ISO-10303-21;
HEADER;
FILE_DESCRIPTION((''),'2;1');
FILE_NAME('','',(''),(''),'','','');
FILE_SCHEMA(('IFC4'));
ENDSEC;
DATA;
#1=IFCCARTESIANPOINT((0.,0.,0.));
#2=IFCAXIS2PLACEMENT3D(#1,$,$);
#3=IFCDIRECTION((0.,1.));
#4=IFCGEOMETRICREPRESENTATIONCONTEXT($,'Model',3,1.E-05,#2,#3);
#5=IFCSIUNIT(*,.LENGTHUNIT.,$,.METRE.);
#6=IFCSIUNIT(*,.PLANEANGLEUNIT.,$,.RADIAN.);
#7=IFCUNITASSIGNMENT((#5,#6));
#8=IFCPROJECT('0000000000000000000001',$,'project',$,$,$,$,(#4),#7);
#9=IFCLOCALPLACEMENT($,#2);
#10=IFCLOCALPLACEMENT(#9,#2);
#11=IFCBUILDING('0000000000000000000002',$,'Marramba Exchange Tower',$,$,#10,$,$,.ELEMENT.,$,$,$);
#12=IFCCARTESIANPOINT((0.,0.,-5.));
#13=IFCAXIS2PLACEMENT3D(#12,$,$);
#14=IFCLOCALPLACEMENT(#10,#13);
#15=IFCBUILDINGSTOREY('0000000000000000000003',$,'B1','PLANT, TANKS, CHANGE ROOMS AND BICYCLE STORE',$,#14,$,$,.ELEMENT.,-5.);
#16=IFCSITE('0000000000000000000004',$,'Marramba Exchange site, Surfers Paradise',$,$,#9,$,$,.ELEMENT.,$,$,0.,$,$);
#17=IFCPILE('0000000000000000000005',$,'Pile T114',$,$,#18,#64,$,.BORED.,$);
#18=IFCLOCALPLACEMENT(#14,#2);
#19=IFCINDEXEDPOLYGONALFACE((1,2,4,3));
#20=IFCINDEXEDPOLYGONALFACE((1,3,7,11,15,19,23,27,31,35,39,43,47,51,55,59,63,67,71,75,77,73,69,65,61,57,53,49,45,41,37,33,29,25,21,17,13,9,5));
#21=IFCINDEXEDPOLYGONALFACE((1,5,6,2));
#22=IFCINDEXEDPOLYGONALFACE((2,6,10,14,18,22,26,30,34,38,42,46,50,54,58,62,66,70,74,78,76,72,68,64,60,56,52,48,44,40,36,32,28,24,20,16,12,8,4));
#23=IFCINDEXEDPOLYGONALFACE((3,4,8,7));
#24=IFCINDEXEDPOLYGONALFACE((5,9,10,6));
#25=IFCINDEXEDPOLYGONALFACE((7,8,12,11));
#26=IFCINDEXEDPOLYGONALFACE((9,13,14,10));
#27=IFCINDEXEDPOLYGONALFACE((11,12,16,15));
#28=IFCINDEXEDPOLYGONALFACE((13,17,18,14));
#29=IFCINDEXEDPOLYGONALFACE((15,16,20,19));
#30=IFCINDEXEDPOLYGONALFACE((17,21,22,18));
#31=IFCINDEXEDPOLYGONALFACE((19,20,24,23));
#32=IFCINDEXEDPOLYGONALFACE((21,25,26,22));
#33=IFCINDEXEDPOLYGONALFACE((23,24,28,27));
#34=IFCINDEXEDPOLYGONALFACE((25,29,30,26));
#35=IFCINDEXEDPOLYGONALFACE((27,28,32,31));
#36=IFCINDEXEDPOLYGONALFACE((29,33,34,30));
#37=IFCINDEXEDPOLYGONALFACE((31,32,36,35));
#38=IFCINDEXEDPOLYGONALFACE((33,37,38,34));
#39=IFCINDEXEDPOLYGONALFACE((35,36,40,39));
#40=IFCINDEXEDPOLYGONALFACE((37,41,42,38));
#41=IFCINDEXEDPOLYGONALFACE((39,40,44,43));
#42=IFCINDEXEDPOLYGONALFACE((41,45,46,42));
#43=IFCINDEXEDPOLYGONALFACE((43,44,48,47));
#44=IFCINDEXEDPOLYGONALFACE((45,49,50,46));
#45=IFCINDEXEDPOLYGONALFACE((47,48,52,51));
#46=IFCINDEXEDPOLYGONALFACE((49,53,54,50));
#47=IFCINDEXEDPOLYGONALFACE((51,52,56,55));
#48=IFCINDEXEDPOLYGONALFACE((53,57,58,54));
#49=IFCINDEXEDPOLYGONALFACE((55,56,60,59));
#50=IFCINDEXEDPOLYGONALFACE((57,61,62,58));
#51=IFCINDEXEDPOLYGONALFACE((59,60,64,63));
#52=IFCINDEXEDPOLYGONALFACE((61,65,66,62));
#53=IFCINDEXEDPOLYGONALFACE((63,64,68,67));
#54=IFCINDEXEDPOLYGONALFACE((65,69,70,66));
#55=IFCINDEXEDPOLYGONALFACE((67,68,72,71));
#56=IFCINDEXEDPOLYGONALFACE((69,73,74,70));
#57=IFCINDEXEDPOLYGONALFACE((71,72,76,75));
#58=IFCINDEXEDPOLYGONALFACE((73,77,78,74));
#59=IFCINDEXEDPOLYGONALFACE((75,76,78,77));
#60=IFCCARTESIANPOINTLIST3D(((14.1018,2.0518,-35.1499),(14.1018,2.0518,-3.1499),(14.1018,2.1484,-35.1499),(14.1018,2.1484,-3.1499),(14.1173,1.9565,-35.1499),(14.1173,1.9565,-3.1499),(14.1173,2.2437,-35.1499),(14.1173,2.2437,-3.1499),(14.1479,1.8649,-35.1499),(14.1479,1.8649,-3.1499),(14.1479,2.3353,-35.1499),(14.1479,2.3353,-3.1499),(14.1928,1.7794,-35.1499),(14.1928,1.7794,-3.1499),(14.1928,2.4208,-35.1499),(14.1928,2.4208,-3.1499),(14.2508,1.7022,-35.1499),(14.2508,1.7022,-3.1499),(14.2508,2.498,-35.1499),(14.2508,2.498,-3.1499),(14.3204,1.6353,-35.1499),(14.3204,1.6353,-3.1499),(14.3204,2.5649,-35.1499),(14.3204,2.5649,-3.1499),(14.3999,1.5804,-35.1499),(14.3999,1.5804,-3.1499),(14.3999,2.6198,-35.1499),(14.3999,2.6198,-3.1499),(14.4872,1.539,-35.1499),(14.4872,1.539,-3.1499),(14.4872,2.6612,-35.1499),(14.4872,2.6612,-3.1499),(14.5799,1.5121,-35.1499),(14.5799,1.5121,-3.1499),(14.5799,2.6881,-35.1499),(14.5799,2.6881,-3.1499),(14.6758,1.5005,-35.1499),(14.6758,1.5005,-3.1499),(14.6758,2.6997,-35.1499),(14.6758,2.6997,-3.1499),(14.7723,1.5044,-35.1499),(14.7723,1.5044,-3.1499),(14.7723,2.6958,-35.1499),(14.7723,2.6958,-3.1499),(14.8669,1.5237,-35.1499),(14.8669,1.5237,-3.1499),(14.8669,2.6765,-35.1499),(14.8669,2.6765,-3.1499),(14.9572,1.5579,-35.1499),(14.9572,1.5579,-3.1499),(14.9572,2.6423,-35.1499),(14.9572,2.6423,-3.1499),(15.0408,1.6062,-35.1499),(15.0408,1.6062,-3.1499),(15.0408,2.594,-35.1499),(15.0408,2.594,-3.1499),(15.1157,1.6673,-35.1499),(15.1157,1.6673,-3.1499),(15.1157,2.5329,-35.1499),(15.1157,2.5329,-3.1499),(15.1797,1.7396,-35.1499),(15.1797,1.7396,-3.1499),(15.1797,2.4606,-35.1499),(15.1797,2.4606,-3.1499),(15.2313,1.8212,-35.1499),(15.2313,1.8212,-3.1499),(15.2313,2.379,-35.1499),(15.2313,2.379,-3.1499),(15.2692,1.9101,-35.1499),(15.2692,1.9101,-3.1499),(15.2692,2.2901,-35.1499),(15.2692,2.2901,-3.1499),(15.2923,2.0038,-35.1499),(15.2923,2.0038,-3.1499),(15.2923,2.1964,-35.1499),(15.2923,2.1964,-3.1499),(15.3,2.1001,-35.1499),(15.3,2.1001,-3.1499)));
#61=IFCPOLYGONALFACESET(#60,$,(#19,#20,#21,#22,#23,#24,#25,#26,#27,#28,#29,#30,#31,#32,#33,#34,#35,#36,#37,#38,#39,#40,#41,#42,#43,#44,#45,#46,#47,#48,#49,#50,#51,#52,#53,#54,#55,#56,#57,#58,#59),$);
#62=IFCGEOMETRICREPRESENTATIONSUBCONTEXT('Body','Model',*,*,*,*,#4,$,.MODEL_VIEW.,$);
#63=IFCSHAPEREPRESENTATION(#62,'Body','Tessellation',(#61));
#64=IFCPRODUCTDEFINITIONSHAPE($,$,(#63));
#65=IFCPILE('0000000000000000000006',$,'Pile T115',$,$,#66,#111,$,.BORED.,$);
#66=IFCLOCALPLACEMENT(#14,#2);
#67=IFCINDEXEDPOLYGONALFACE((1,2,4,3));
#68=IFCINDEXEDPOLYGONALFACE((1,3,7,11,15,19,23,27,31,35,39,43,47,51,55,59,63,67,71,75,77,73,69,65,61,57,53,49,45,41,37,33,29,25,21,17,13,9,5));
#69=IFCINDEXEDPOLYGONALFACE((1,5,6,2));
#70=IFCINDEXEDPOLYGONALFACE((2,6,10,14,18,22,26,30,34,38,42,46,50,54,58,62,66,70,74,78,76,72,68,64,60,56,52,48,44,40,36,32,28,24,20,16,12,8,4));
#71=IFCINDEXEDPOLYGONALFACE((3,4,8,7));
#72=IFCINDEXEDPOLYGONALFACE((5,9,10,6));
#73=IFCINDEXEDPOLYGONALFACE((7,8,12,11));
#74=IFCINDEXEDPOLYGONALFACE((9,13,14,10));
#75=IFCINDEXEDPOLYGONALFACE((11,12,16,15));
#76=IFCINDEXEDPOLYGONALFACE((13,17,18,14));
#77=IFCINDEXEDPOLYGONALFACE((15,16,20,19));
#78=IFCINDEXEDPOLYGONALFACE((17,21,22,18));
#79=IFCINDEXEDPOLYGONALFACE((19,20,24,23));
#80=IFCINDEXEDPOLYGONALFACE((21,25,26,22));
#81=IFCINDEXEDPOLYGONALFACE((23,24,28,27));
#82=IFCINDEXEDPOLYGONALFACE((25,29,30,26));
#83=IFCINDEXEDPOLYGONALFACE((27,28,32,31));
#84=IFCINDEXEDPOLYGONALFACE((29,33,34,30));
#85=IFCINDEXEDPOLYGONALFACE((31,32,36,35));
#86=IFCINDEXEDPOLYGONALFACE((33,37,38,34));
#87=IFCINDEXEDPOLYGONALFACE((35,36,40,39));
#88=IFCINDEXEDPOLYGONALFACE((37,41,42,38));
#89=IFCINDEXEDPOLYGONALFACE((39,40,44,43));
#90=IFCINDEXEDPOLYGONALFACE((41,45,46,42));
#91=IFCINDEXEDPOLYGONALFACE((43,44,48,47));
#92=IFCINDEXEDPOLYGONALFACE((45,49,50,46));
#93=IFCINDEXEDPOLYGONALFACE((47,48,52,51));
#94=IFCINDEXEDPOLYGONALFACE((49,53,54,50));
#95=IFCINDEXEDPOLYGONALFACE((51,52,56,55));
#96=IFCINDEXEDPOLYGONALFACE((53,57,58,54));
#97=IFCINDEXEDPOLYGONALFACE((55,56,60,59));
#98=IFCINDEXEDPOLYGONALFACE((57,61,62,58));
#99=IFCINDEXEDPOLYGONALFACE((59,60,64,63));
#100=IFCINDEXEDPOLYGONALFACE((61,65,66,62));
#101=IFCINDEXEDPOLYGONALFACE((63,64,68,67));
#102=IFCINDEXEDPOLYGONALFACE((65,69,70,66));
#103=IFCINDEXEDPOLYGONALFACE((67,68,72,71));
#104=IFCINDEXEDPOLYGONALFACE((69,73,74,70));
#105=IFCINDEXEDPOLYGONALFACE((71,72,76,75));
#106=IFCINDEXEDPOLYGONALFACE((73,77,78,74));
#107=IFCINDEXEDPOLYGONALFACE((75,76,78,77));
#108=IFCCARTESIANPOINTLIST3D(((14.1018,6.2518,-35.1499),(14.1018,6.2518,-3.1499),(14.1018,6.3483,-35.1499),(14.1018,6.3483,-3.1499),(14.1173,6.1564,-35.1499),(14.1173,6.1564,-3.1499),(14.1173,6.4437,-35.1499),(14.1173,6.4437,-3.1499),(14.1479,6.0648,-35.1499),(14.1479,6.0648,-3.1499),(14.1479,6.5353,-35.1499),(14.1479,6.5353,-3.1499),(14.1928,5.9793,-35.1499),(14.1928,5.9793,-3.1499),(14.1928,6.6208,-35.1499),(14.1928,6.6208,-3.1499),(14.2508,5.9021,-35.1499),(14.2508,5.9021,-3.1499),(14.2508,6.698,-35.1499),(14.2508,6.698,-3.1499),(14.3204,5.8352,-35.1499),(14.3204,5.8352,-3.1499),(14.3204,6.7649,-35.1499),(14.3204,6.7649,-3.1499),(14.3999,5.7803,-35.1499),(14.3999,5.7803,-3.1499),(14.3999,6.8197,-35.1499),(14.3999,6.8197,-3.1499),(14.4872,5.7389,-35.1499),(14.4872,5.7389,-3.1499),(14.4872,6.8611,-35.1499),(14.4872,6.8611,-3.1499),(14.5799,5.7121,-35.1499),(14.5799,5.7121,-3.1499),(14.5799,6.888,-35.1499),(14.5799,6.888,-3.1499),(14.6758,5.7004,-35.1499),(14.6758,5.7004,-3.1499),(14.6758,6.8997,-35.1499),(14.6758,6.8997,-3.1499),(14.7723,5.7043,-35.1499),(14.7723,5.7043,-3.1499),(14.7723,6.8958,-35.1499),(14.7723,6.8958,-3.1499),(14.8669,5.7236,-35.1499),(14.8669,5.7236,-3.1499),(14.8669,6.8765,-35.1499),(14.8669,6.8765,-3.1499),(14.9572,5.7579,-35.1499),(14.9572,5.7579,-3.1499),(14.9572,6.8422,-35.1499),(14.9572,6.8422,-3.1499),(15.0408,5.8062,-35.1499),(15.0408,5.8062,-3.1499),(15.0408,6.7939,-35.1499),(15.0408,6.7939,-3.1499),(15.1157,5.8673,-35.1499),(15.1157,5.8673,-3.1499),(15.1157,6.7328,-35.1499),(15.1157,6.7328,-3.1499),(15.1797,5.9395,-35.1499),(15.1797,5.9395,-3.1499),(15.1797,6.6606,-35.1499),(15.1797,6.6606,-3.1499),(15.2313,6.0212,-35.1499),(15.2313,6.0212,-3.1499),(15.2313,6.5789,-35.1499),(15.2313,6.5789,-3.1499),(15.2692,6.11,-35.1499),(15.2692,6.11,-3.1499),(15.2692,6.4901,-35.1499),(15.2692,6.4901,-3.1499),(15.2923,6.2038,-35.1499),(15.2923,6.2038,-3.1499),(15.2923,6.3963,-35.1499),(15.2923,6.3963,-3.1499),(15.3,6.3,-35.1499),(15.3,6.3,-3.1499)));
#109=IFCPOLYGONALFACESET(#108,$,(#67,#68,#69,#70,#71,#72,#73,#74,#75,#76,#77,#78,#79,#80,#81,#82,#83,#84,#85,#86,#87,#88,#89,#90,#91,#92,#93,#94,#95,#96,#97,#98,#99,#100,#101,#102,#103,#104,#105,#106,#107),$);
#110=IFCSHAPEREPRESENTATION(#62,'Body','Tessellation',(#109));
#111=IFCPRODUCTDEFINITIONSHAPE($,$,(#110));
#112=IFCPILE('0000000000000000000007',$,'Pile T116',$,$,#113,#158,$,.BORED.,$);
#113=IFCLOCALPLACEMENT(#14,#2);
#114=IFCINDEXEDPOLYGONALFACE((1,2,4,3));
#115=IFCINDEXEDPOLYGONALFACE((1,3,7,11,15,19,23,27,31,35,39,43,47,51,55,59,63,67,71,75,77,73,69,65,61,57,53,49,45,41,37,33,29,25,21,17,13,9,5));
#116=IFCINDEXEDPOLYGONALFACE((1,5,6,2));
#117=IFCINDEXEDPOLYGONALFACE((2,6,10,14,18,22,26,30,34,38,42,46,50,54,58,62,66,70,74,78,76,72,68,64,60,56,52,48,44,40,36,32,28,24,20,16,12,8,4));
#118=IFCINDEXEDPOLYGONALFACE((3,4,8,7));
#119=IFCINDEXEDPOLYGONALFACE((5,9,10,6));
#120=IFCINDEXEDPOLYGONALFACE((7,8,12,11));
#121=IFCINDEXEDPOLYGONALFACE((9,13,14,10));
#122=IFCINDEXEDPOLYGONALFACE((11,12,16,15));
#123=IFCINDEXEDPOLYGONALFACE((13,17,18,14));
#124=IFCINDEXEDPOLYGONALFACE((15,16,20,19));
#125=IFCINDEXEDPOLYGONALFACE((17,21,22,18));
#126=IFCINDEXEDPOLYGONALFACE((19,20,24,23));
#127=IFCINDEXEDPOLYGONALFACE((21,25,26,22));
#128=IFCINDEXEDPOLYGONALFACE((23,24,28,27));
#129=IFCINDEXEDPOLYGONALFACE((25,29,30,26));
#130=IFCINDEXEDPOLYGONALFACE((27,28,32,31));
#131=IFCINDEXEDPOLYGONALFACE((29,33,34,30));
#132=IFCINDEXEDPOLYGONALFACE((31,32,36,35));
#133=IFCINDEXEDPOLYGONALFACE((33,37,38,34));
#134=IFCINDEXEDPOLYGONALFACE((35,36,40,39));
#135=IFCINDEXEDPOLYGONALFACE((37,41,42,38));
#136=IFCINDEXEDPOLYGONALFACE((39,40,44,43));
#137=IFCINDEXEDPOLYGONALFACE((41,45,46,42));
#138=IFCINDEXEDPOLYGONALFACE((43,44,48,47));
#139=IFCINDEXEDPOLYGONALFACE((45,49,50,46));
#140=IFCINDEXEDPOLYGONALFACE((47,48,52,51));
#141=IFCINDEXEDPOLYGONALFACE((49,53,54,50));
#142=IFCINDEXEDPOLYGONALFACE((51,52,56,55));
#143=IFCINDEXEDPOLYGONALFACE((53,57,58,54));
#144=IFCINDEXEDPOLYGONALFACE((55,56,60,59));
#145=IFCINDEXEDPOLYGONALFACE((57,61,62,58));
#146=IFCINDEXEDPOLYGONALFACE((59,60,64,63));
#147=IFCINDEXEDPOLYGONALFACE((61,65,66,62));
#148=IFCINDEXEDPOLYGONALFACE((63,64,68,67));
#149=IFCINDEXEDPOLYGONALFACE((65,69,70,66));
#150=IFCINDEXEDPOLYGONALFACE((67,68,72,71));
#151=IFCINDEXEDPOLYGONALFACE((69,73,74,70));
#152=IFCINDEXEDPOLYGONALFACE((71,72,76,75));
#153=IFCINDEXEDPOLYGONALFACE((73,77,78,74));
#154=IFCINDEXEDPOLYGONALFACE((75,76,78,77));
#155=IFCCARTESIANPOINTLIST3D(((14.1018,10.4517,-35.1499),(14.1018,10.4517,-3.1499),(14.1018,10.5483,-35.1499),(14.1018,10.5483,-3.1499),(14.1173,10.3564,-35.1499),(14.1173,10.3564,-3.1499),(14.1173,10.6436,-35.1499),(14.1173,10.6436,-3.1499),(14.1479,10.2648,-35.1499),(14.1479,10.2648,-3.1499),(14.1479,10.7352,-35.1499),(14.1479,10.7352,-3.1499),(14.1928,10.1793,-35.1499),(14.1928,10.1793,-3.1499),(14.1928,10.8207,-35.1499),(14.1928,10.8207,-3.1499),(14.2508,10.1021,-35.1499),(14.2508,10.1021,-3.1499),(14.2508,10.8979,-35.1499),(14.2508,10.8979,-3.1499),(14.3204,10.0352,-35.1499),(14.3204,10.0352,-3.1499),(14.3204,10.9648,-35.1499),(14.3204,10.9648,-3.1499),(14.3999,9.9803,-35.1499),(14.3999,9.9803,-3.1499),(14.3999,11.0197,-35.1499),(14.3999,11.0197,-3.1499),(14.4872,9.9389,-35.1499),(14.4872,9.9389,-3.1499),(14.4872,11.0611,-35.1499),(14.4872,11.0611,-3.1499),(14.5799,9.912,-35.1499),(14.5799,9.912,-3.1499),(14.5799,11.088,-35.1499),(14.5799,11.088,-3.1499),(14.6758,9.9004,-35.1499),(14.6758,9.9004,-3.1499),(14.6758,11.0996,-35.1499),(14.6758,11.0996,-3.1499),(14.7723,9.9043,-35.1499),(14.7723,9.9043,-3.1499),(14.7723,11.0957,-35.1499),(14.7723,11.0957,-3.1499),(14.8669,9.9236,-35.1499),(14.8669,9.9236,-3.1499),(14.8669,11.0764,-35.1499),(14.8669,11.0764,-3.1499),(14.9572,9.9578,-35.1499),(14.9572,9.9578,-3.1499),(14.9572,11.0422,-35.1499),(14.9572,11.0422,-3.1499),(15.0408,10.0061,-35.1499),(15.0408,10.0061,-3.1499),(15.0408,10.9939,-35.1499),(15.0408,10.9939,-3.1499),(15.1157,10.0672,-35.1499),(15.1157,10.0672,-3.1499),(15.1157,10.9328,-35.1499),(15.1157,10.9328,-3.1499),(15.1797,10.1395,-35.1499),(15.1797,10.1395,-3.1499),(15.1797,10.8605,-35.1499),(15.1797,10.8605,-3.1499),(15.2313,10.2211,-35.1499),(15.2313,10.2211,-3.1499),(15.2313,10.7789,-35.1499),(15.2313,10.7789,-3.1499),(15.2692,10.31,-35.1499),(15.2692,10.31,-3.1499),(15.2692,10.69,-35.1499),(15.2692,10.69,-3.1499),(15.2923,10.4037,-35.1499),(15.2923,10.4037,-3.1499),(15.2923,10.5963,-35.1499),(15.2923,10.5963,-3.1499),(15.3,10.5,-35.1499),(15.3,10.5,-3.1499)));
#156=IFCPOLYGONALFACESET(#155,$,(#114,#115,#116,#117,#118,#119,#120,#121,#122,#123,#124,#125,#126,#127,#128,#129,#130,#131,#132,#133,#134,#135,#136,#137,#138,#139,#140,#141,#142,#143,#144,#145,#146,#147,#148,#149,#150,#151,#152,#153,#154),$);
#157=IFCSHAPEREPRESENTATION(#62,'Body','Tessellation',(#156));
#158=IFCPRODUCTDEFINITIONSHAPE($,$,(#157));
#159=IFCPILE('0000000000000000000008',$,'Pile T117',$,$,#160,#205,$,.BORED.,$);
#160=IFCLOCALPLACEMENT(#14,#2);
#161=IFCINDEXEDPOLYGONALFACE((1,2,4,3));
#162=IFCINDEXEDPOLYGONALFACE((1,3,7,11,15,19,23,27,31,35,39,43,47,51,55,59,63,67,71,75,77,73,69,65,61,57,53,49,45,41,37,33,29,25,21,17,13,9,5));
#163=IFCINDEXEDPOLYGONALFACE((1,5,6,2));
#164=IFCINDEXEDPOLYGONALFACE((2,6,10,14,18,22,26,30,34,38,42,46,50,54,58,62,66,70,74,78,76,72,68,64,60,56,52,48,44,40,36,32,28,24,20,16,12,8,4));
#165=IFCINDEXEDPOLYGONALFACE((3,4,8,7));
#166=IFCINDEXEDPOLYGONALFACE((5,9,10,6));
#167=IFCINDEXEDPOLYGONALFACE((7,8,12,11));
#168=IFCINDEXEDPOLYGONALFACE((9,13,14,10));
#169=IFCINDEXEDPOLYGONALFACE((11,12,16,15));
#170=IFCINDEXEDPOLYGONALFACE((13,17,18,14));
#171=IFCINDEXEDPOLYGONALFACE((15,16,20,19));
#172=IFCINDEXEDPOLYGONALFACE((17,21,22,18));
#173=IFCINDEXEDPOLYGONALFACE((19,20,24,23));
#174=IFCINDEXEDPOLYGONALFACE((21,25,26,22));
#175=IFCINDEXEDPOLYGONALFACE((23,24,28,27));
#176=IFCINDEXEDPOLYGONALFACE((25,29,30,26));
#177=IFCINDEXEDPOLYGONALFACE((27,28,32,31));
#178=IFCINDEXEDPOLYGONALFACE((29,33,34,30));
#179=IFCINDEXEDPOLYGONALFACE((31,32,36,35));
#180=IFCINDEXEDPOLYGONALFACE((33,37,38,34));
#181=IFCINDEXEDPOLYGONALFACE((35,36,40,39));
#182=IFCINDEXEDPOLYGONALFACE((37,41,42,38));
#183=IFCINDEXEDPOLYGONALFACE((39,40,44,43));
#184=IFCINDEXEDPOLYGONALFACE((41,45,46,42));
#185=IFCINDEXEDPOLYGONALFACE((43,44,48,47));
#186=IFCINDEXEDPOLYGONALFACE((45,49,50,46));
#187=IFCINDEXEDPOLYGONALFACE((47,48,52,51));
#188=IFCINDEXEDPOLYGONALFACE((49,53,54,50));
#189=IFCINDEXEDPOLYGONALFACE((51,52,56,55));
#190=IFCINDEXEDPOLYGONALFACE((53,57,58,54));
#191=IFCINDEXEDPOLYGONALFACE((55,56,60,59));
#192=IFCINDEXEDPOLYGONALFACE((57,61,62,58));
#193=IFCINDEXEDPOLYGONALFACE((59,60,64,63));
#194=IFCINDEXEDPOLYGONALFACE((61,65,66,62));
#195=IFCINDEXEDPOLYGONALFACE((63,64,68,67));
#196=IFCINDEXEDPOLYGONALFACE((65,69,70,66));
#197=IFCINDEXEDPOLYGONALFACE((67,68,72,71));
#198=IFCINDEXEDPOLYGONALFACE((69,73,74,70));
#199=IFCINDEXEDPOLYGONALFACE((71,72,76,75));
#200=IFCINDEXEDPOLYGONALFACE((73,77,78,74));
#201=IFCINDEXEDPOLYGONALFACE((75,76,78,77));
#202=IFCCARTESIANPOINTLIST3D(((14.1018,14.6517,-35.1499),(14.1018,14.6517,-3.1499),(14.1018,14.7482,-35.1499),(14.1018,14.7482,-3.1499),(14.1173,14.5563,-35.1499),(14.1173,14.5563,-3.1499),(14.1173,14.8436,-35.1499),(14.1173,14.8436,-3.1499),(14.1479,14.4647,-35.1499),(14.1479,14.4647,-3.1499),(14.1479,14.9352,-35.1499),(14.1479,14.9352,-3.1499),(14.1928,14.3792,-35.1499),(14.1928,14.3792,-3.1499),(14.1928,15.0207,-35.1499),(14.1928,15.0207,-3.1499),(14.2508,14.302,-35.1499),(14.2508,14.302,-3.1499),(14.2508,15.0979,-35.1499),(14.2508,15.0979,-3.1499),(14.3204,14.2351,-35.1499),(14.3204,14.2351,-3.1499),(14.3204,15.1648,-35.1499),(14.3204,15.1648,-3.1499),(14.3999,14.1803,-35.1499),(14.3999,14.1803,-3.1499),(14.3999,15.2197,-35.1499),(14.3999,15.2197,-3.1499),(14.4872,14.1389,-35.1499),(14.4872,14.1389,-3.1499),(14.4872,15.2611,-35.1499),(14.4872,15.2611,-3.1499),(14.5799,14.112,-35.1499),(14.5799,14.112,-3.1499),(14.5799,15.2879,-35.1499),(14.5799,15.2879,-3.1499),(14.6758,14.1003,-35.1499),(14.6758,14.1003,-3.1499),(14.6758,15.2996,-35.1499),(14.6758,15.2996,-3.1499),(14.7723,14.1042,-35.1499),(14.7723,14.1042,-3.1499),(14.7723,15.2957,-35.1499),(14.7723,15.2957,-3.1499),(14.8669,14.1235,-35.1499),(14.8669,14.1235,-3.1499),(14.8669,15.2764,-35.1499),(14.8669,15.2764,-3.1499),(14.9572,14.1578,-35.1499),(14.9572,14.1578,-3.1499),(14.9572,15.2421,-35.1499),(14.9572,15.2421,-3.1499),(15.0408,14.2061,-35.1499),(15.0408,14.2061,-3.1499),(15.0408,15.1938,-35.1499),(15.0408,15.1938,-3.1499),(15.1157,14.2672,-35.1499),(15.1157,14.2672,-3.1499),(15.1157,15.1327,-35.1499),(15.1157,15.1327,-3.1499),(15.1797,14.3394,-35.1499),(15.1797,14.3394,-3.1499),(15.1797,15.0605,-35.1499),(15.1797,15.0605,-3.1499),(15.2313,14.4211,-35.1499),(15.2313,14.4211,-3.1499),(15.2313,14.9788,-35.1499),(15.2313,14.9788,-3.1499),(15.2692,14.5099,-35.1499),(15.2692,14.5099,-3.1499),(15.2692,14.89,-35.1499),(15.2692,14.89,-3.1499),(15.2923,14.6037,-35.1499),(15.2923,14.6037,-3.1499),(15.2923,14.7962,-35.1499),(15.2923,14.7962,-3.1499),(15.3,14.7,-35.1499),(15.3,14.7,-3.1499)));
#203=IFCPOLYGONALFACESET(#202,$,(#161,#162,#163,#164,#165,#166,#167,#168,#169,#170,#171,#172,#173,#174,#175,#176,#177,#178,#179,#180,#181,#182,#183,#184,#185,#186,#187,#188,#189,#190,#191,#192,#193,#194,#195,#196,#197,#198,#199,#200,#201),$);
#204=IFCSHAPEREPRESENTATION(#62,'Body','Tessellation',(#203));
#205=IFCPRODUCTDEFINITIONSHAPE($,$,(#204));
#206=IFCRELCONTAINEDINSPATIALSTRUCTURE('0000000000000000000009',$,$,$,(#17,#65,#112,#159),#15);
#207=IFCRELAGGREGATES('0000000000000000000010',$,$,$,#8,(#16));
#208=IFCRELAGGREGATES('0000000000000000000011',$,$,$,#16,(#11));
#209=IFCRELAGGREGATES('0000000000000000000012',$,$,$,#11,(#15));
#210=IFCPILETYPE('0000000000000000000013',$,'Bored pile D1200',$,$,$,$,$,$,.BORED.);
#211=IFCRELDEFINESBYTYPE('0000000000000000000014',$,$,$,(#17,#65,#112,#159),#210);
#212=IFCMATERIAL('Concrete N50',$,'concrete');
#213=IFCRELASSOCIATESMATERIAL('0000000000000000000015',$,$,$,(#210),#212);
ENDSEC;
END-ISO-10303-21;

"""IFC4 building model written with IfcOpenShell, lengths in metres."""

from ifc_helpers import new_model, si_unit, direction, frame, origin, origin_2d, place, context, subcontext, project, spatial, circle, extrude, material, material_profile, profile_set, type_object, element, save


model = new_model("IFC4")

# Units and contexts
model_context = context("Model", 3, precision=1e-05, world=origin(), true_north=direction((0.0, 1.0)))
body_context = subcontext(model_context, "Body", "Model", "MODEL_VIEW")
ifc_project = project(units=[si_unit("LENGTHUNIT", "METRE"), si_unit("PLANEANGLEUNIT", "RADIAN")], contexts=[model_context])

# Site, building, storey
site_placement = place(None, origin())
site = spatial("IfcSite", under=ifc_project, at=site_placement, Name="Marramba Exchange site, Surfers Paradise", CompositionType="ELEMENT", RefElevation=0.0)
building_placement = place(site_placement, origin())
building = spatial("IfcBuilding", under=site, at=building_placement, Name="Marramba Exchange Tower", CompositionType="ELEMENT")
storey_placement = place(building_placement, frame((0.0, 0.0, -5.0)))
storey = spatial("IfcBuildingStorey", under=building, at=storey_placement, Name="B1", Description="PLANT, TANKS, CHANGE ROOMS AND BICYCLE STORE", CompositionType="ELEMENT", Elevation=-5.0)

# Piles
ifc_material_1 = material(Name="Concrete N50", Category="concrete")
ifc_material_profile_1 = material_profile(ifc_material_1, circle(Radius=0.6001, at=origin_2d()), Name="BP D1200")
ifc_profile_set_1 = profile_set([ifc_material_profile_1], Name="Concrete N50")
pile_type = type_object("IfcPileType", Name="Bored pile D1200", PredefinedType="BORED", material=ifc_profile_set_1)
for number, where, z_axis, x_axis, name in (
    (1, (14.7, 2.1001, -3.1499), (0.0, 0.0, -1.0), (1.0, 0.0, 0.0), "Pile T114"),
    (2, (14.7, 6.3, -3.1499), (0.0, 0.0, -1.0), (1.0, 0.0, 0.0), "Pile T115"),
    (3, (14.7, 10.5, -3.1499), (0.0, 0.0, -1.0), (1.0, 0.0, 0.0), "Pile T116"),
    (4, (14.7, 14.7, -3.1499), (0.0, 0.0, -1.0), (1.0, 0.0, 0.0), "Pile T117"),
):
    element("IfcPile", number, at=place(storey_placement, frame(where, z_axis=z_axis, x_axis=x_axis)), inside=storey, type_object=pile_type, Name=name, PredefinedType="BORED", context=body_context, shape_type="SweptSolid", body=[
        extrude(circle(Radius=0.6001, at=origin_2d()), origin(), (0.0, 0.0, 1.0), 32.0),
    ])

save(model, "model.ifc")
